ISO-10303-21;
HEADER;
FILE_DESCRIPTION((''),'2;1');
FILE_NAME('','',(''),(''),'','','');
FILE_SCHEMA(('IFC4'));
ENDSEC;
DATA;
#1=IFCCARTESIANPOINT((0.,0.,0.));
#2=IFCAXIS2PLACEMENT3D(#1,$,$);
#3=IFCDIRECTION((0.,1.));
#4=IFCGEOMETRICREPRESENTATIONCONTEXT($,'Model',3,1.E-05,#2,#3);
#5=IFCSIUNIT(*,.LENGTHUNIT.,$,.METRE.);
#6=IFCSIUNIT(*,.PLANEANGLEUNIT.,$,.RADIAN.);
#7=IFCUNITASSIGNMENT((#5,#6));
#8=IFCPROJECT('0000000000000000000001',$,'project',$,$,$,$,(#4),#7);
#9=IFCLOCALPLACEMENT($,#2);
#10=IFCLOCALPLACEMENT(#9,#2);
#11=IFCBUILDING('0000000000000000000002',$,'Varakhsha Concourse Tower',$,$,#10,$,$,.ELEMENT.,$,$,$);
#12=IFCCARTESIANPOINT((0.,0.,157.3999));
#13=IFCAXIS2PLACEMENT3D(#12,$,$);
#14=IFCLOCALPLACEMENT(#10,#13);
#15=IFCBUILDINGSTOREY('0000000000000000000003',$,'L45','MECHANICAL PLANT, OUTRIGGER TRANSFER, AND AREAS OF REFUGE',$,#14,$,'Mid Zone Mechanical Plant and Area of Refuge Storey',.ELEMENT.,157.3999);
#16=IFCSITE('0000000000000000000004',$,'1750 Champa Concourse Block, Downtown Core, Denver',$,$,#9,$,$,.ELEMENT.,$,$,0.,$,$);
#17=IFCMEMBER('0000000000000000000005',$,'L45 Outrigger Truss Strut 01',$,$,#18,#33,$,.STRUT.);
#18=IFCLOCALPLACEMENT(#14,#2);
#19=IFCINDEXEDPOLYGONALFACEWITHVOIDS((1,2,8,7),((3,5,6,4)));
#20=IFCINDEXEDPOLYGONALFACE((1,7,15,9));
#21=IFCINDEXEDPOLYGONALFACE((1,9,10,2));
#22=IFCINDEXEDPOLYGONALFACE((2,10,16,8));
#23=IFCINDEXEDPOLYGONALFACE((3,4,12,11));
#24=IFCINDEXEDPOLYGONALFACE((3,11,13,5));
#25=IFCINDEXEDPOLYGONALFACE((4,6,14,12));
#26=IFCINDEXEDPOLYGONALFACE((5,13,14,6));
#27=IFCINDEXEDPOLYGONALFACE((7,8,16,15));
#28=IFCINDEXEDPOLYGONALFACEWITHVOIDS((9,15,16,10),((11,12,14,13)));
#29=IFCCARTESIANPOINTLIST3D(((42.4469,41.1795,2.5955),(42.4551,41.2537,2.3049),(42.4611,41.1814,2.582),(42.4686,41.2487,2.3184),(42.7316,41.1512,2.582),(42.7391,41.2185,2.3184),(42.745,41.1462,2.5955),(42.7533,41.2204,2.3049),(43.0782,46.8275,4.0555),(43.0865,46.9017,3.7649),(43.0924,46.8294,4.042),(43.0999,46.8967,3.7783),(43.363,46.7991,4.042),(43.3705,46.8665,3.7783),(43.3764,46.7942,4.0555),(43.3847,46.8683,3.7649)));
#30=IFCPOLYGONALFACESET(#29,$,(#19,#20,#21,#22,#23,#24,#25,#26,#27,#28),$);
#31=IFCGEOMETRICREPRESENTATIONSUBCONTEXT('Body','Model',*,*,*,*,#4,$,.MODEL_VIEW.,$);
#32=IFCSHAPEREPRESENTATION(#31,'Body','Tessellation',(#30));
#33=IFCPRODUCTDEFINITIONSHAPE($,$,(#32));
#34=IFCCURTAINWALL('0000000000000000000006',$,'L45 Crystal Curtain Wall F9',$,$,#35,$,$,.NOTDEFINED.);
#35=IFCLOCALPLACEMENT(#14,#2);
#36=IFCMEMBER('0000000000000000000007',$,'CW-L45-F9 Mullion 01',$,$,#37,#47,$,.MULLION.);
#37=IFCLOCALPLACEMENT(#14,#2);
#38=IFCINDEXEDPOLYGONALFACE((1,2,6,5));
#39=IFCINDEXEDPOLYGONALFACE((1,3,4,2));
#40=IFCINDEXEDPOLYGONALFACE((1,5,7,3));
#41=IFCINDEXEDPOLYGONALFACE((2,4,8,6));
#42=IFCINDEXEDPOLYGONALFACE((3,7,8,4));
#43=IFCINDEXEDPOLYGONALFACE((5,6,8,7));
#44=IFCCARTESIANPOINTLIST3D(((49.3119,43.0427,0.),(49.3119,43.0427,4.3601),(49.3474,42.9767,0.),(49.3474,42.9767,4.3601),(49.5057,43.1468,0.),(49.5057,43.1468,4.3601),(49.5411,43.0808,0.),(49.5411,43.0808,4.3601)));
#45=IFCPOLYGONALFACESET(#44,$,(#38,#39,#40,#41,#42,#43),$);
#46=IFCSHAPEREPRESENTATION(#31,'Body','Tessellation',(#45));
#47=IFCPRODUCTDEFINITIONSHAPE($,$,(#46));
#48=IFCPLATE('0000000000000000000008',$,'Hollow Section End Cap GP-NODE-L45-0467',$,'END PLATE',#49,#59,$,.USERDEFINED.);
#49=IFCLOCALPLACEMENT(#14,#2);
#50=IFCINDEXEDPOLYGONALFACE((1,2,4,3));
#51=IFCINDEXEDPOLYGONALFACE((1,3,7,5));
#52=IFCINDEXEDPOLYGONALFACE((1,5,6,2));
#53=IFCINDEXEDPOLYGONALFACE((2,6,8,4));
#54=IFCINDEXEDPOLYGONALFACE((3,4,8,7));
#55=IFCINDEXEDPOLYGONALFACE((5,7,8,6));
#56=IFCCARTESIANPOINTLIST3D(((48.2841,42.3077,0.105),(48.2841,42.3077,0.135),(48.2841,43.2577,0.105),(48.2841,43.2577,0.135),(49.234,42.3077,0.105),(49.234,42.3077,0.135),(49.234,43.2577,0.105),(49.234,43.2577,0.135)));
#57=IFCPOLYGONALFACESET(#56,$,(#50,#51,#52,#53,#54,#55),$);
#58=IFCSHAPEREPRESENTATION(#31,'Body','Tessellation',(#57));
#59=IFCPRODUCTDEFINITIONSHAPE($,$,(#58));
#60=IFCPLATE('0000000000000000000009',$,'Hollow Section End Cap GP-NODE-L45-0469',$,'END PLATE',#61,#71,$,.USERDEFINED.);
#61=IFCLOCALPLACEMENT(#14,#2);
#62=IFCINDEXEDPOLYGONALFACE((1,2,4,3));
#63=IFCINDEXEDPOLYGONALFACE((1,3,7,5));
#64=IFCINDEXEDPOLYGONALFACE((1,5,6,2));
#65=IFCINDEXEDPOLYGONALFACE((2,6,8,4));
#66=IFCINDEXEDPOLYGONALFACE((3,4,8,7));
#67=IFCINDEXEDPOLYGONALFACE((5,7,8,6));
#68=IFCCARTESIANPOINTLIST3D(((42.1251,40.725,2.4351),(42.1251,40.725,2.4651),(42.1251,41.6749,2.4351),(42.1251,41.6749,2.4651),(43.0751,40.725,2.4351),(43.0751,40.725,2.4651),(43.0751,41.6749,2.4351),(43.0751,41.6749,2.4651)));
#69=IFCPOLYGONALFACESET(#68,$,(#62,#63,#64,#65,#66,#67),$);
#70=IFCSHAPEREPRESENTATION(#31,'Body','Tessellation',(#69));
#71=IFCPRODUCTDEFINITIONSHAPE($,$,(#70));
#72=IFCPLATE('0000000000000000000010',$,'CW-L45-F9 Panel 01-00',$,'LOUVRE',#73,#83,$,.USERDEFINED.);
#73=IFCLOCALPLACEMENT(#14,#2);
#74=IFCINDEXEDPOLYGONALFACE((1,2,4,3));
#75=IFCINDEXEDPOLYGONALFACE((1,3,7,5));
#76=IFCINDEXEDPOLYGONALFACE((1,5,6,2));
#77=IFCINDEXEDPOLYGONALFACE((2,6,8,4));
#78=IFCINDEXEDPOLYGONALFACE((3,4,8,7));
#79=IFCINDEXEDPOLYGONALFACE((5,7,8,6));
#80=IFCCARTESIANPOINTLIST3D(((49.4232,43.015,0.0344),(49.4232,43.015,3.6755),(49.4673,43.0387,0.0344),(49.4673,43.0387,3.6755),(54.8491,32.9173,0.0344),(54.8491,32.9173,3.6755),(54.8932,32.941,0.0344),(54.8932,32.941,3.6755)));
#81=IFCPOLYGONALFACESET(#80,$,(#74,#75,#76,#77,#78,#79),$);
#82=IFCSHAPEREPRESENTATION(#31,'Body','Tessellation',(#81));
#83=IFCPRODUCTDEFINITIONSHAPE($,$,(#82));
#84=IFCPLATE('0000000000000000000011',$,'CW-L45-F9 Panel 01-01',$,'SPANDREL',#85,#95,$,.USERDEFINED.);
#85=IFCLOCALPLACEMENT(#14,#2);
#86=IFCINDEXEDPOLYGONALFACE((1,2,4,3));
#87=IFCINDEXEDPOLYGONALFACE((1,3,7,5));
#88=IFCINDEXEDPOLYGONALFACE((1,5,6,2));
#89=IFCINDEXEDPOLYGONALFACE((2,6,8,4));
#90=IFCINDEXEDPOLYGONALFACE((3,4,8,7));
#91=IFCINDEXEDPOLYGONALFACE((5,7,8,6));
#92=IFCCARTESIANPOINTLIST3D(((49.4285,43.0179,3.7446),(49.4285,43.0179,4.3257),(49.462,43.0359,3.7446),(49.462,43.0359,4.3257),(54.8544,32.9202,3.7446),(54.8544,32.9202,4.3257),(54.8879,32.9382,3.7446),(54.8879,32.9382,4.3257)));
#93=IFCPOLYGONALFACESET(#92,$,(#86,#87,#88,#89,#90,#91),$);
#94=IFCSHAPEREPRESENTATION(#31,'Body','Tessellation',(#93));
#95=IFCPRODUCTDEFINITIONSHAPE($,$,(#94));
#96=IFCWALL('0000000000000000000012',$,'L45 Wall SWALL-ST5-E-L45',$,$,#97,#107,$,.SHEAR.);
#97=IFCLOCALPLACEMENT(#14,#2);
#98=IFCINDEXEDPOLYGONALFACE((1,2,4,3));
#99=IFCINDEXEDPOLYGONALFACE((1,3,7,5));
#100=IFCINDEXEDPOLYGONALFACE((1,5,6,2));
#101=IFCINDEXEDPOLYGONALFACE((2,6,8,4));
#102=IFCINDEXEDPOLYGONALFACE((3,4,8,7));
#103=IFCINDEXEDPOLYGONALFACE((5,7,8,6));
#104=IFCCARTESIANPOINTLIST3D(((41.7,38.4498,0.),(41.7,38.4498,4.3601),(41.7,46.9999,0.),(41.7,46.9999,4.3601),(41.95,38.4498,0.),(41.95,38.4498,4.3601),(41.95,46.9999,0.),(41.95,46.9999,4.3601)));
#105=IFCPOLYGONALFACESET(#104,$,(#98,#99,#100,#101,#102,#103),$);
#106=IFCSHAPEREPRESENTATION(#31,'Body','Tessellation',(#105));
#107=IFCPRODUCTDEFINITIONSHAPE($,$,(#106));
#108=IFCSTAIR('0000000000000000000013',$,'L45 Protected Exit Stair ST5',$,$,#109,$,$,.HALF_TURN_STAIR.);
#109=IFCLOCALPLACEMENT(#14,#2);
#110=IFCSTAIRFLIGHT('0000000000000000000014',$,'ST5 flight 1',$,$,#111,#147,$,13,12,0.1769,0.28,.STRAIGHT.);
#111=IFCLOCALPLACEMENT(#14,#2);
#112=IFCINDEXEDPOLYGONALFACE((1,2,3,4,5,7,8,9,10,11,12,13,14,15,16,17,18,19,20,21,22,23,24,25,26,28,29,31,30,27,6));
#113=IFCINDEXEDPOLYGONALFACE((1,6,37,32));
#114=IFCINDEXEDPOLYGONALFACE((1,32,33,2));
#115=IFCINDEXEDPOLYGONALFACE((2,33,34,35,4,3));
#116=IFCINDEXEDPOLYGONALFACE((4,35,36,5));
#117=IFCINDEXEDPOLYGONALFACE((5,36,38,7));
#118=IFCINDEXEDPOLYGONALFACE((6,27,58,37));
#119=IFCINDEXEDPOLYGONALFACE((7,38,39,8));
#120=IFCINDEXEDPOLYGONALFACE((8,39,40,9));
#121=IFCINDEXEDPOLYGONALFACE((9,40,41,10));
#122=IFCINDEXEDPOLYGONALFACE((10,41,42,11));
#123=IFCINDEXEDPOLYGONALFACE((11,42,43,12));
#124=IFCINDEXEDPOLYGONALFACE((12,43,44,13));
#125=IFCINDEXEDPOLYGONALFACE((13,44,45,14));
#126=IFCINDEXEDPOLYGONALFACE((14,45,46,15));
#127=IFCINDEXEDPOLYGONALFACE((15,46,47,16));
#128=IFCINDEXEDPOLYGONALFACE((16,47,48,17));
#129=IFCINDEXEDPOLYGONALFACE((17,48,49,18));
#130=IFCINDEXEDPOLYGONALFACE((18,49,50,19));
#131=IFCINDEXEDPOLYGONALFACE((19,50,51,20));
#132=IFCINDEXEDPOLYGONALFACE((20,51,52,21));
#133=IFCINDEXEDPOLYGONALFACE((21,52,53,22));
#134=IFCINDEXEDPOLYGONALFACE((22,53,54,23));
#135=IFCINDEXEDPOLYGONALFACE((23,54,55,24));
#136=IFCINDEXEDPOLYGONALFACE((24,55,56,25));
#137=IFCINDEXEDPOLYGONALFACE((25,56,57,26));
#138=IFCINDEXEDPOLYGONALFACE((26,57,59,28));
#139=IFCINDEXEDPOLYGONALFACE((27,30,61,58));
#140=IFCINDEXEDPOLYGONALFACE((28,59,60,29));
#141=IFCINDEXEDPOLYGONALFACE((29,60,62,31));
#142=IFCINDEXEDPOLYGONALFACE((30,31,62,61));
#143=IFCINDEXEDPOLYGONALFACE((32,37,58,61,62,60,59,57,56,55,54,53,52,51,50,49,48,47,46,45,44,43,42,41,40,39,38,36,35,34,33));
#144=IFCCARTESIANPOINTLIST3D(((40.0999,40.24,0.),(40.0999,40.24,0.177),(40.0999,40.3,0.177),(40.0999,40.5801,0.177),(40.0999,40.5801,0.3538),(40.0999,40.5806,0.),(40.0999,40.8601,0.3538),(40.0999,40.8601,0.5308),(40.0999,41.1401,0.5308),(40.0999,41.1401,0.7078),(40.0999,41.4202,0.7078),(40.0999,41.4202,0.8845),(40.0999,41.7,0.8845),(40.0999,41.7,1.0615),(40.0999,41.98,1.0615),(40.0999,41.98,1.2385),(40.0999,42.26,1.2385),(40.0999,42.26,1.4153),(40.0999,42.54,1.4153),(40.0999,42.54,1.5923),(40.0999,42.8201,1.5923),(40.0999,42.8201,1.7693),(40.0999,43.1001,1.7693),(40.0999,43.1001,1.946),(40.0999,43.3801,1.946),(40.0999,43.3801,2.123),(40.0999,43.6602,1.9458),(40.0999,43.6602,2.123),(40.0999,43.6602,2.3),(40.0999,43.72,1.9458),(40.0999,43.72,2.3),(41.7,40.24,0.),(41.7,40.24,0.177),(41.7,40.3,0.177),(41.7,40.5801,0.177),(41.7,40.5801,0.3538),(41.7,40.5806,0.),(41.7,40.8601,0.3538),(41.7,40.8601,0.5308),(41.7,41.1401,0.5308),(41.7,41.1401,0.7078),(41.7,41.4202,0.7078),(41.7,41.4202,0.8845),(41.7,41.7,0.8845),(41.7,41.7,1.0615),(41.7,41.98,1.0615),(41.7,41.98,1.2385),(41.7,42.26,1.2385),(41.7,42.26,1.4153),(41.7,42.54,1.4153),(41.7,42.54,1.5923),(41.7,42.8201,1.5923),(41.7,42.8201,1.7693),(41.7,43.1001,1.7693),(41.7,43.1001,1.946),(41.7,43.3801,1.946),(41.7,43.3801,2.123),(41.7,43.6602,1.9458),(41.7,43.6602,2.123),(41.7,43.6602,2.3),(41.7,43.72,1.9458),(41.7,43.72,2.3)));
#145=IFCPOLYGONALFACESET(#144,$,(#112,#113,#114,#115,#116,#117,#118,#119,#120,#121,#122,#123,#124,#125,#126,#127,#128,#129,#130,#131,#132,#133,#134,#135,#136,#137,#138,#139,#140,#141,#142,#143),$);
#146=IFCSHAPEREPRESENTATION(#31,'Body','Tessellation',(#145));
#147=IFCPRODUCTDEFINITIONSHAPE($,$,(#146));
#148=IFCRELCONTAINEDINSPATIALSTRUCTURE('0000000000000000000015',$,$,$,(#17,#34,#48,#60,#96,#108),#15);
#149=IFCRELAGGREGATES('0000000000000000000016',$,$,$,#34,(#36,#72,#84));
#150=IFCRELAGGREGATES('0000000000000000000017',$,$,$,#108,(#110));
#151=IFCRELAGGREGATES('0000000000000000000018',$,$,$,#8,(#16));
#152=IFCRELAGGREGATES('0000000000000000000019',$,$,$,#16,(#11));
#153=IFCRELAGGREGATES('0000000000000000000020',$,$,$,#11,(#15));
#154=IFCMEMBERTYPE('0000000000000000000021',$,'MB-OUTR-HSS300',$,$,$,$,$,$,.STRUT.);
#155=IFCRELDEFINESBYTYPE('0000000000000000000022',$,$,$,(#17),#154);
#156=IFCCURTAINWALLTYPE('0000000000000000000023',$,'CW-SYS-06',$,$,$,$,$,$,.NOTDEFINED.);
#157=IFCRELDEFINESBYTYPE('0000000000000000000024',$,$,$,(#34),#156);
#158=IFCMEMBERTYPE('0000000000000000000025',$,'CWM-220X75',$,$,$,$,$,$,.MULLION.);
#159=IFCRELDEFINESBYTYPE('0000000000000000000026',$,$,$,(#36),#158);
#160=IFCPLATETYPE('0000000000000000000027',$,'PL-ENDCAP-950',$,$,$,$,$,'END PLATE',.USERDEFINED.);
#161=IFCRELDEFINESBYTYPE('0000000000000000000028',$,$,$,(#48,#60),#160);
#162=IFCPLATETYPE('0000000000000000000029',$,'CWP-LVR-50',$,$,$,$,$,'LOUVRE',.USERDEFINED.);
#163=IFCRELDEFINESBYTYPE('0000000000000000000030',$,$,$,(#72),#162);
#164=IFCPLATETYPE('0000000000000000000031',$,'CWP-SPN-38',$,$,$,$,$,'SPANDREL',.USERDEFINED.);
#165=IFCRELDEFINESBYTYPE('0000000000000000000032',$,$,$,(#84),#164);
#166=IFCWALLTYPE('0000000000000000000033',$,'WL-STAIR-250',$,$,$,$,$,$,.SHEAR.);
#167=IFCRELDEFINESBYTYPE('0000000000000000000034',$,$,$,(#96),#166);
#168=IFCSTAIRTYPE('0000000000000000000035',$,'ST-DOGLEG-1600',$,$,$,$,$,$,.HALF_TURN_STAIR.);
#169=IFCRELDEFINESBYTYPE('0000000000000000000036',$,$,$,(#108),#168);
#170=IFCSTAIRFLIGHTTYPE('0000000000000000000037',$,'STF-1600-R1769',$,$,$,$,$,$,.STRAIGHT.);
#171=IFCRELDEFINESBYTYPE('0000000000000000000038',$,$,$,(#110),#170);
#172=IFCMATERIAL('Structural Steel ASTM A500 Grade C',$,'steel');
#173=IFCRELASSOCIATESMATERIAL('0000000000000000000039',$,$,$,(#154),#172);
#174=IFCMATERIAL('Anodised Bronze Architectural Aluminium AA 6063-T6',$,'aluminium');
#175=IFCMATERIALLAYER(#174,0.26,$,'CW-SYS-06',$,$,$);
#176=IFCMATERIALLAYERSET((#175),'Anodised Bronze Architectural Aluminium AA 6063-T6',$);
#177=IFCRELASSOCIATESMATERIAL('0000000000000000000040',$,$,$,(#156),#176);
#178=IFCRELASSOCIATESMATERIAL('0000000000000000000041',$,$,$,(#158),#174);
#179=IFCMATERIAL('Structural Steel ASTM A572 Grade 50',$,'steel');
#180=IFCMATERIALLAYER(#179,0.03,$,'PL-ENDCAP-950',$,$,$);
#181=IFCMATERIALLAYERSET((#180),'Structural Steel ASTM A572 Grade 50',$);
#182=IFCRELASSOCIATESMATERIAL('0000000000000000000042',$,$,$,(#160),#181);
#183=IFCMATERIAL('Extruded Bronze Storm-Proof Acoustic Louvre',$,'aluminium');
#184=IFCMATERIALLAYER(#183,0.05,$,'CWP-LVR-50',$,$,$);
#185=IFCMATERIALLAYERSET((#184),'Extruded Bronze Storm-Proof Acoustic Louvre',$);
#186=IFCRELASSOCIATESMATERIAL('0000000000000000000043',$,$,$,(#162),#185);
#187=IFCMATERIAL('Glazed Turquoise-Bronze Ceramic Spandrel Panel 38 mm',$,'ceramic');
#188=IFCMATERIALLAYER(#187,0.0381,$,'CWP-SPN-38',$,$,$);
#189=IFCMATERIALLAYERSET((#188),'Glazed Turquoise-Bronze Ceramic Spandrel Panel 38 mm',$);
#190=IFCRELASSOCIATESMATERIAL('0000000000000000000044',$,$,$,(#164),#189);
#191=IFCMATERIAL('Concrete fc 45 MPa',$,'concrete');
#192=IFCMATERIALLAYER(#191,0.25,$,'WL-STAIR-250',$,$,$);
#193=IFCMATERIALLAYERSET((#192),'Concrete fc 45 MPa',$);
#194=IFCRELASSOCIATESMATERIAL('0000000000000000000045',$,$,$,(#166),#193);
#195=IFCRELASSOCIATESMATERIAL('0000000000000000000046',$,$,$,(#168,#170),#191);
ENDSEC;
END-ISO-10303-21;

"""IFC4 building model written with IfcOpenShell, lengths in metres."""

from ifc_helpers import new_model, si_unit, direction, frame, frame_2d, origin, origin_2d, place, context, subcontext, project, spatial, polyline, rectangle, hollow_rectangle, outline, extrude, source, transform, mapped, material, layer, layer_set, material_profile, profile_set, type_object, type_shapes, element, aggregate, save


model = new_model("IFC4")

# Units and contexts
model_context = context("Model", 3, precision=1e-05, world=origin(), true_north=direction((0.0, 1.0)))
body_context = subcontext(model_context, "Body", "Model", "MODEL_VIEW")
ifc_project = project(units=[si_unit("LENGTHUNIT", "METRE"), si_unit("PLANEANGLEUNIT", "RADIAN")], contexts=[model_context])

# Site, building, storey
site_placement = place(None, origin())
site = spatial("IfcSite", under=ifc_project, at=site_placement, Name="1750 Champa Concourse Block, Downtown Core, Denver", CompositionType="ELEMENT", RefElevation=0.0)
building_placement = place(site_placement, origin())
building = spatial("IfcBuilding", under=site, at=building_placement, Name="Varakhsha Concourse Tower", CompositionType="ELEMENT")
storey_placement = place(building_placement, frame((0.0, 0.0, 157.3999)))
storey = spatial("IfcBuildingStorey", under=building, at=storey_placement, Name="L45", Description="MECHANICAL PLANT, OUTRIGGER TRANSFER, AND AREAS OF REFUGE", LongName="Mid Zone Mechanical Plant and Area of Refuge Storey", CompositionType="ELEMENT", Elevation=157.3999)

# Shared definitions
ifc_material_1 = material(Name="Structural Steel ASTM A572 Grade 50", Category="steel")

# Member
ifc_material_2 = material(Name="Structural Steel ASTM A500 Grade C", Category="steel")
ifc_material_profile_1 = material_profile(ifc_material_2, hollow_rectangle(XDim=0.3, YDim=0.3, WallThickness=0.0139, at=origin_2d()), Name="HSS 300x300x14")
ifc_profile_set_1 = profile_set([ifc_material_profile_1], Name="Structural Steel ASTM A500 Grade C")
member_type_1 = type_object("IfcMemberType", Name="MB-OUTR-HSS300", PredefinedType="STRUT", material=ifc_profile_set_1)
shared_shape_1 = source(origin(), body_context, "Body", "SweptSolid", [
    extrude(hollow_rectangle(XDim=0.3, YDim=0.3, WallThickness=0.0139, at=origin_2d()), origin(), (0.0, 0.0, 1.0), 5.8677),
])
type_shapes(member_type_1, [shared_shape_1])
member_1_placement = place(storey_placement, frame((42.6001, 41.2, 2.4502), z_axis=(0.107598, 0.962556, 0.248815), x_axis=(-0.99381, 0.111092, 0.0)))
element("IfcMember", 1, at=member_1_placement, inside=storey, type_object=member_type_1, Name="L45 Outrigger Truss Strut 01", PredefinedType="STRUT", context=body_context, shape_type="MappedRepresentation", body=[
    mapped(shared_shape_1, transform((0.0, 0.0, 0.0), scale=1.0)),
])

# Curtain wall, member
ifc_material_3 = material(Name="Anodised Bronze Architectural Aluminium AA 6063-T6", Category="aluminium")
ifc_layer_1 = layer(ifc_material_3, 0.26, Name="CW-SYS-06")
ifc_layer_set_1 = layer_set([ifc_layer_1], Name="Anodised Bronze Architectural Aluminium AA 6063-T6")
curtain_wall_type = type_object("IfcCurtainWallType", Name="CW-SYS-06", PredefinedType="NOTDEFINED", material=ifc_layer_set_1)
curtain_wall_placement = place(storey_placement, origin())
curtain_wall = element("IfcCurtainWall", 2, at=curtain_wall_placement, inside=storey, type_object=curtain_wall_type, Name="L45 Crystal Curtain Wall F9", PredefinedType="NOTDEFINED")
ifc_material_profile_2 = material_profile(ifc_material_3, rectangle(XDim=0.075, YDim=0.22, at=origin_2d()), Name="CWM-220X75")
ifc_profile_set_2 = profile_set([ifc_material_profile_2], Name="Anodised Bronze Architectural Aluminium AA 6063-T6")
member_type_2 = type_object("IfcMemberType", Name="CWM-220X75", PredefinedType="MULLION", material=ifc_profile_set_2)
shared_shape_2 = source(origin(), body_context, "Body", "SweptSolid", [
    extrude(rectangle(XDim=0.075, YDim=0.22, at=origin_2d()), origin(), (0.0, 0.0, 1.0), 4.3601),
])
type_shapes(member_type_2, [shared_shape_2])
member_2_placement = place(storey_placement, frame((49.4265, 43.0618, 0.0), z_axis=(0.0, 0.0, 1.0), x_axis=(0.473335, -0.880882, 0.0)))
member_2 = element("IfcMember", 3, at=member_2_placement, type_object=member_type_2, Name="CW-L45-F9 Mullion 01", PredefinedType="MULLION", context=body_context, shape_type="MappedRepresentation", body=[
    mapped(shared_shape_2, transform((0.0, 0.0, 0.0), scale=1.0)),
])

# Plates
ifc_layer_2 = layer(ifc_material_1, 0.03, Name="PL-ENDCAP-950")
ifc_layer_set_2 = layer_set([ifc_layer_2], Name="Structural Steel ASTM A572 Grade 50")
plate_type_1 = type_object("IfcPlateType", Name="PL-ENDCAP-950", ElementType="END PLATE", PredefinedType="USERDEFINED", material=ifc_layer_set_2)
shared_shape_3 = source(origin(), body_context, "Body", "SweptSolid", [
    extrude(rectangle(XDim=0.95, YDim=0.95, at=origin_2d()), origin(), (0.0, 0.0, 1.0), 0.03),
])
type_shapes(plate_type_1, [shared_shape_3])
for number, where, z_axis, x_axis, name in (
    (4, (48.759, 42.7827, 0.105), (0.0, 0.0, 1.0), (1.0, 0.0, 0.0), "Hollow Section End Cap GP-NODE-L45-0467"),
    (5, (42.6001, 41.2, 2.4351), (0.0, 0.0, 1.0), (1.0, 0.0, 0.0), "Hollow Section End Cap GP-NODE-L45-0469"),
):
    element("IfcPlate", number, at=place(storey_placement, frame(where, z_axis=z_axis, x_axis=x_axis)), inside=storey, type_object=plate_type_1, Name=name, ObjectType="END PLATE", PredefinedType="USERDEFINED", context=body_context, shape_type="MappedRepresentation", body=[
        mapped(shared_shape_3, transform((0.0, 0.0, 0.0), scale=1.0)),
    ])

# Plates
ifc_material_4 = material(Name="Extruded Bronze Storm-Proof Acoustic Louvre", Category="aluminium")
ifc_layer_3 = layer(ifc_material_4, 0.05, Name="CWP-LVR-50")
ifc_layer_set_3 = layer_set([ifc_layer_3], Name="Extruded Bronze Storm-Proof Acoustic Louvre")
plate_type_2 = type_object("IfcPlateType", Name="CWP-LVR-50", ElementType="LOUVRE", PredefinedType="USERDEFINED", material=ifc_layer_set_3)
shared_shape_4 = source(origin(), body_context, "Body", "SweptSolid", [
    extrude(rectangle(XDim=11.4631, YDim=0.05, at=origin_2d()), origin(), (0.0, 0.0, 1.0), 3.6411),
])
type_shapes(plate_type_2, [shared_shape_4])
plate_1_placement = place(storey_placement, frame((52.1582, 37.978, 0.0344), z_axis=(0.0, 0.0, 1.0), x_axis=(0.473335, -0.880882, 0.0)))
plate_1 = element("IfcPlate", 6, at=plate_1_placement, type_object=plate_type_2, Name="CW-L45-F9 Panel 01-00", ObjectType="LOUVRE", PredefinedType="USERDEFINED", context=body_context, shape_type="MappedRepresentation", body=[
    mapped(shared_shape_4, transform((0.0, 0.0, 0.0), scale=1.0)),
])
ifc_material_5 = material(Name="Glazed Turquoise-Bronze Ceramic Spandrel Panel 38 mm", Category="ceramic")
ifc_layer_4 = layer(ifc_material_5, 0.0381, Name="CWP-SPN-38")
ifc_layer_set_4 = layer_set([ifc_layer_4], Name="Glazed Turquoise-Bronze Ceramic Spandrel Panel 38 mm")
plate_type_3 = type_object("IfcPlateType", Name="CWP-SPN-38", ElementType="SPANDREL", PredefinedType="USERDEFINED", material=ifc_layer_set_4)
shared_shape_5 = source(origin(), body_context, "Body", "SweptSolid", [
    extrude(rectangle(XDim=11.4631, YDim=0.0381, at=origin_2d()), origin(), (0.0, 0.0, 1.0), 0.5811),
])
type_shapes(plate_type_3, [shared_shape_5])
plate_2_placement = place(storey_placement, frame((52.1582, 37.978, 3.7446), z_axis=(0.0, 0.0, 1.0), x_axis=(0.473335, -0.880882, 0.0)))
plate_2 = element("IfcPlate", 7, at=plate_2_placement, type_object=plate_type_3, Name="CW-L45-F9 Panel 01-01", ObjectType="SPANDREL", PredefinedType="USERDEFINED", context=body_context, shape_type="MappedRepresentation", body=[
    mapped(shared_shape_5, transform((0.0, 0.0, 0.0), scale=1.0)),
])
aggregate(curtain_wall, [member_2, plate_1, plate_2])

# Wall
ifc_material_6 = material(Name="Concrete fc 45 MPa", Category="concrete")
ifc_layer_5 = layer(ifc_material_6, 0.25, Name="WL-STAIR-250")
ifc_layer_set_5 = layer_set([ifc_layer_5], Name="Concrete fc 45 MPa")
wall_type = type_object("IfcWallType", Name="WL-STAIR-250", PredefinedType="SHEAR", material=ifc_layer_set_5)
wall_placement = place(storey_placement, frame((41.825, 38.45, 0.0), z_axis=(0.0, 0.0, 1.0), x_axis=(0.0, 1.0, 0.0)))
element("IfcWall", 8, at=wall_placement, inside=storey, type_object=wall_type, Name="L45 Wall SWALL-ST5-E-L45", PredefinedType="SHEAR", context=body_context, shape_type="SweptSolid", body=[
    extrude(rectangle(XDim=8.55, YDim=0.25, at=frame_2d((4.2749, 0.0))), origin(), (0.0, 0.0, 1.0), 4.3601),
])

# Stair, stair flight
stair_type = type_object("IfcStairType", Name="ST-DOGLEG-1600", PredefinedType="HALF_TURN_STAIR", material=ifc_material_6)
stair_placement = place(storey_placement, origin())
stair = element("IfcStair", 9, at=stair_placement, inside=storey, type_object=stair_type, Name="L45 Protected Exit Stair ST5", PredefinedType="HALF_TURN_STAIR")
stair_flight_type = type_object("IfcStairFlightType", Name="STF-1600-R1769", PredefinedType="STRAIGHT", material=ifc_material_6)
stair_flight_placement = place(storey_placement, frame((40.8999, 40.3, 0.0), z_axis=(0.0, 0.0, 1.0), x_axis=(0.0, 1.0, 0.0)))
stair_flight = element("IfcStairFlight", 10, at=stair_flight_placement, type_object=stair_flight_type, Name="ST5 flight 1", NumberOfRisers=13, NumberOfTreads=12, PredefinedType="STRAIGHT", RiserHeight=0.1769, TreadLength=0.28, context=body_context, shape_type="SweptSolid", body=[
    extrude(outline(polyline([(-0.0601, 0.0), (-0.0601, 0.177), (0.0, 0.177), (0.28, 0.177), (0.28, 0.3538), (0.5601, 0.3538), (0.5601, 0.5308), (0.8401, 0.5308), (0.8401, 0.7078), (1.1201, 0.7078), (1.1201, 0.8845), (1.3999, 0.8845), (1.3999, 1.0615), (1.6799, 1.0615), (1.6799, 1.2385), (1.96, 1.2385), (1.96, 1.4153), (2.24, 1.4153), (2.24, 1.5923), (2.52, 1.5923), (2.52, 1.7693), (2.8, 1.7693), (2.8, 1.946), (3.0801, 1.946), (3.0801, 2.123), (3.3601, 2.123), (3.3601, 2.3), (3.4199, 2.3), (3.4199, 1.9458), (3.3601, 1.9458), (0.2805, 0.0), (-0.0601, 0.0)])), frame((0.0, 0.8, 0.0), z_axis=(0.0, -1.0, 0.0), x_axis=(1.0, 0.0, 0.0)), (0.0, 0.0, 1.0), 1.6001),
])
aggregate(stair, [stair_flight])

save(model, "model.ifc")
